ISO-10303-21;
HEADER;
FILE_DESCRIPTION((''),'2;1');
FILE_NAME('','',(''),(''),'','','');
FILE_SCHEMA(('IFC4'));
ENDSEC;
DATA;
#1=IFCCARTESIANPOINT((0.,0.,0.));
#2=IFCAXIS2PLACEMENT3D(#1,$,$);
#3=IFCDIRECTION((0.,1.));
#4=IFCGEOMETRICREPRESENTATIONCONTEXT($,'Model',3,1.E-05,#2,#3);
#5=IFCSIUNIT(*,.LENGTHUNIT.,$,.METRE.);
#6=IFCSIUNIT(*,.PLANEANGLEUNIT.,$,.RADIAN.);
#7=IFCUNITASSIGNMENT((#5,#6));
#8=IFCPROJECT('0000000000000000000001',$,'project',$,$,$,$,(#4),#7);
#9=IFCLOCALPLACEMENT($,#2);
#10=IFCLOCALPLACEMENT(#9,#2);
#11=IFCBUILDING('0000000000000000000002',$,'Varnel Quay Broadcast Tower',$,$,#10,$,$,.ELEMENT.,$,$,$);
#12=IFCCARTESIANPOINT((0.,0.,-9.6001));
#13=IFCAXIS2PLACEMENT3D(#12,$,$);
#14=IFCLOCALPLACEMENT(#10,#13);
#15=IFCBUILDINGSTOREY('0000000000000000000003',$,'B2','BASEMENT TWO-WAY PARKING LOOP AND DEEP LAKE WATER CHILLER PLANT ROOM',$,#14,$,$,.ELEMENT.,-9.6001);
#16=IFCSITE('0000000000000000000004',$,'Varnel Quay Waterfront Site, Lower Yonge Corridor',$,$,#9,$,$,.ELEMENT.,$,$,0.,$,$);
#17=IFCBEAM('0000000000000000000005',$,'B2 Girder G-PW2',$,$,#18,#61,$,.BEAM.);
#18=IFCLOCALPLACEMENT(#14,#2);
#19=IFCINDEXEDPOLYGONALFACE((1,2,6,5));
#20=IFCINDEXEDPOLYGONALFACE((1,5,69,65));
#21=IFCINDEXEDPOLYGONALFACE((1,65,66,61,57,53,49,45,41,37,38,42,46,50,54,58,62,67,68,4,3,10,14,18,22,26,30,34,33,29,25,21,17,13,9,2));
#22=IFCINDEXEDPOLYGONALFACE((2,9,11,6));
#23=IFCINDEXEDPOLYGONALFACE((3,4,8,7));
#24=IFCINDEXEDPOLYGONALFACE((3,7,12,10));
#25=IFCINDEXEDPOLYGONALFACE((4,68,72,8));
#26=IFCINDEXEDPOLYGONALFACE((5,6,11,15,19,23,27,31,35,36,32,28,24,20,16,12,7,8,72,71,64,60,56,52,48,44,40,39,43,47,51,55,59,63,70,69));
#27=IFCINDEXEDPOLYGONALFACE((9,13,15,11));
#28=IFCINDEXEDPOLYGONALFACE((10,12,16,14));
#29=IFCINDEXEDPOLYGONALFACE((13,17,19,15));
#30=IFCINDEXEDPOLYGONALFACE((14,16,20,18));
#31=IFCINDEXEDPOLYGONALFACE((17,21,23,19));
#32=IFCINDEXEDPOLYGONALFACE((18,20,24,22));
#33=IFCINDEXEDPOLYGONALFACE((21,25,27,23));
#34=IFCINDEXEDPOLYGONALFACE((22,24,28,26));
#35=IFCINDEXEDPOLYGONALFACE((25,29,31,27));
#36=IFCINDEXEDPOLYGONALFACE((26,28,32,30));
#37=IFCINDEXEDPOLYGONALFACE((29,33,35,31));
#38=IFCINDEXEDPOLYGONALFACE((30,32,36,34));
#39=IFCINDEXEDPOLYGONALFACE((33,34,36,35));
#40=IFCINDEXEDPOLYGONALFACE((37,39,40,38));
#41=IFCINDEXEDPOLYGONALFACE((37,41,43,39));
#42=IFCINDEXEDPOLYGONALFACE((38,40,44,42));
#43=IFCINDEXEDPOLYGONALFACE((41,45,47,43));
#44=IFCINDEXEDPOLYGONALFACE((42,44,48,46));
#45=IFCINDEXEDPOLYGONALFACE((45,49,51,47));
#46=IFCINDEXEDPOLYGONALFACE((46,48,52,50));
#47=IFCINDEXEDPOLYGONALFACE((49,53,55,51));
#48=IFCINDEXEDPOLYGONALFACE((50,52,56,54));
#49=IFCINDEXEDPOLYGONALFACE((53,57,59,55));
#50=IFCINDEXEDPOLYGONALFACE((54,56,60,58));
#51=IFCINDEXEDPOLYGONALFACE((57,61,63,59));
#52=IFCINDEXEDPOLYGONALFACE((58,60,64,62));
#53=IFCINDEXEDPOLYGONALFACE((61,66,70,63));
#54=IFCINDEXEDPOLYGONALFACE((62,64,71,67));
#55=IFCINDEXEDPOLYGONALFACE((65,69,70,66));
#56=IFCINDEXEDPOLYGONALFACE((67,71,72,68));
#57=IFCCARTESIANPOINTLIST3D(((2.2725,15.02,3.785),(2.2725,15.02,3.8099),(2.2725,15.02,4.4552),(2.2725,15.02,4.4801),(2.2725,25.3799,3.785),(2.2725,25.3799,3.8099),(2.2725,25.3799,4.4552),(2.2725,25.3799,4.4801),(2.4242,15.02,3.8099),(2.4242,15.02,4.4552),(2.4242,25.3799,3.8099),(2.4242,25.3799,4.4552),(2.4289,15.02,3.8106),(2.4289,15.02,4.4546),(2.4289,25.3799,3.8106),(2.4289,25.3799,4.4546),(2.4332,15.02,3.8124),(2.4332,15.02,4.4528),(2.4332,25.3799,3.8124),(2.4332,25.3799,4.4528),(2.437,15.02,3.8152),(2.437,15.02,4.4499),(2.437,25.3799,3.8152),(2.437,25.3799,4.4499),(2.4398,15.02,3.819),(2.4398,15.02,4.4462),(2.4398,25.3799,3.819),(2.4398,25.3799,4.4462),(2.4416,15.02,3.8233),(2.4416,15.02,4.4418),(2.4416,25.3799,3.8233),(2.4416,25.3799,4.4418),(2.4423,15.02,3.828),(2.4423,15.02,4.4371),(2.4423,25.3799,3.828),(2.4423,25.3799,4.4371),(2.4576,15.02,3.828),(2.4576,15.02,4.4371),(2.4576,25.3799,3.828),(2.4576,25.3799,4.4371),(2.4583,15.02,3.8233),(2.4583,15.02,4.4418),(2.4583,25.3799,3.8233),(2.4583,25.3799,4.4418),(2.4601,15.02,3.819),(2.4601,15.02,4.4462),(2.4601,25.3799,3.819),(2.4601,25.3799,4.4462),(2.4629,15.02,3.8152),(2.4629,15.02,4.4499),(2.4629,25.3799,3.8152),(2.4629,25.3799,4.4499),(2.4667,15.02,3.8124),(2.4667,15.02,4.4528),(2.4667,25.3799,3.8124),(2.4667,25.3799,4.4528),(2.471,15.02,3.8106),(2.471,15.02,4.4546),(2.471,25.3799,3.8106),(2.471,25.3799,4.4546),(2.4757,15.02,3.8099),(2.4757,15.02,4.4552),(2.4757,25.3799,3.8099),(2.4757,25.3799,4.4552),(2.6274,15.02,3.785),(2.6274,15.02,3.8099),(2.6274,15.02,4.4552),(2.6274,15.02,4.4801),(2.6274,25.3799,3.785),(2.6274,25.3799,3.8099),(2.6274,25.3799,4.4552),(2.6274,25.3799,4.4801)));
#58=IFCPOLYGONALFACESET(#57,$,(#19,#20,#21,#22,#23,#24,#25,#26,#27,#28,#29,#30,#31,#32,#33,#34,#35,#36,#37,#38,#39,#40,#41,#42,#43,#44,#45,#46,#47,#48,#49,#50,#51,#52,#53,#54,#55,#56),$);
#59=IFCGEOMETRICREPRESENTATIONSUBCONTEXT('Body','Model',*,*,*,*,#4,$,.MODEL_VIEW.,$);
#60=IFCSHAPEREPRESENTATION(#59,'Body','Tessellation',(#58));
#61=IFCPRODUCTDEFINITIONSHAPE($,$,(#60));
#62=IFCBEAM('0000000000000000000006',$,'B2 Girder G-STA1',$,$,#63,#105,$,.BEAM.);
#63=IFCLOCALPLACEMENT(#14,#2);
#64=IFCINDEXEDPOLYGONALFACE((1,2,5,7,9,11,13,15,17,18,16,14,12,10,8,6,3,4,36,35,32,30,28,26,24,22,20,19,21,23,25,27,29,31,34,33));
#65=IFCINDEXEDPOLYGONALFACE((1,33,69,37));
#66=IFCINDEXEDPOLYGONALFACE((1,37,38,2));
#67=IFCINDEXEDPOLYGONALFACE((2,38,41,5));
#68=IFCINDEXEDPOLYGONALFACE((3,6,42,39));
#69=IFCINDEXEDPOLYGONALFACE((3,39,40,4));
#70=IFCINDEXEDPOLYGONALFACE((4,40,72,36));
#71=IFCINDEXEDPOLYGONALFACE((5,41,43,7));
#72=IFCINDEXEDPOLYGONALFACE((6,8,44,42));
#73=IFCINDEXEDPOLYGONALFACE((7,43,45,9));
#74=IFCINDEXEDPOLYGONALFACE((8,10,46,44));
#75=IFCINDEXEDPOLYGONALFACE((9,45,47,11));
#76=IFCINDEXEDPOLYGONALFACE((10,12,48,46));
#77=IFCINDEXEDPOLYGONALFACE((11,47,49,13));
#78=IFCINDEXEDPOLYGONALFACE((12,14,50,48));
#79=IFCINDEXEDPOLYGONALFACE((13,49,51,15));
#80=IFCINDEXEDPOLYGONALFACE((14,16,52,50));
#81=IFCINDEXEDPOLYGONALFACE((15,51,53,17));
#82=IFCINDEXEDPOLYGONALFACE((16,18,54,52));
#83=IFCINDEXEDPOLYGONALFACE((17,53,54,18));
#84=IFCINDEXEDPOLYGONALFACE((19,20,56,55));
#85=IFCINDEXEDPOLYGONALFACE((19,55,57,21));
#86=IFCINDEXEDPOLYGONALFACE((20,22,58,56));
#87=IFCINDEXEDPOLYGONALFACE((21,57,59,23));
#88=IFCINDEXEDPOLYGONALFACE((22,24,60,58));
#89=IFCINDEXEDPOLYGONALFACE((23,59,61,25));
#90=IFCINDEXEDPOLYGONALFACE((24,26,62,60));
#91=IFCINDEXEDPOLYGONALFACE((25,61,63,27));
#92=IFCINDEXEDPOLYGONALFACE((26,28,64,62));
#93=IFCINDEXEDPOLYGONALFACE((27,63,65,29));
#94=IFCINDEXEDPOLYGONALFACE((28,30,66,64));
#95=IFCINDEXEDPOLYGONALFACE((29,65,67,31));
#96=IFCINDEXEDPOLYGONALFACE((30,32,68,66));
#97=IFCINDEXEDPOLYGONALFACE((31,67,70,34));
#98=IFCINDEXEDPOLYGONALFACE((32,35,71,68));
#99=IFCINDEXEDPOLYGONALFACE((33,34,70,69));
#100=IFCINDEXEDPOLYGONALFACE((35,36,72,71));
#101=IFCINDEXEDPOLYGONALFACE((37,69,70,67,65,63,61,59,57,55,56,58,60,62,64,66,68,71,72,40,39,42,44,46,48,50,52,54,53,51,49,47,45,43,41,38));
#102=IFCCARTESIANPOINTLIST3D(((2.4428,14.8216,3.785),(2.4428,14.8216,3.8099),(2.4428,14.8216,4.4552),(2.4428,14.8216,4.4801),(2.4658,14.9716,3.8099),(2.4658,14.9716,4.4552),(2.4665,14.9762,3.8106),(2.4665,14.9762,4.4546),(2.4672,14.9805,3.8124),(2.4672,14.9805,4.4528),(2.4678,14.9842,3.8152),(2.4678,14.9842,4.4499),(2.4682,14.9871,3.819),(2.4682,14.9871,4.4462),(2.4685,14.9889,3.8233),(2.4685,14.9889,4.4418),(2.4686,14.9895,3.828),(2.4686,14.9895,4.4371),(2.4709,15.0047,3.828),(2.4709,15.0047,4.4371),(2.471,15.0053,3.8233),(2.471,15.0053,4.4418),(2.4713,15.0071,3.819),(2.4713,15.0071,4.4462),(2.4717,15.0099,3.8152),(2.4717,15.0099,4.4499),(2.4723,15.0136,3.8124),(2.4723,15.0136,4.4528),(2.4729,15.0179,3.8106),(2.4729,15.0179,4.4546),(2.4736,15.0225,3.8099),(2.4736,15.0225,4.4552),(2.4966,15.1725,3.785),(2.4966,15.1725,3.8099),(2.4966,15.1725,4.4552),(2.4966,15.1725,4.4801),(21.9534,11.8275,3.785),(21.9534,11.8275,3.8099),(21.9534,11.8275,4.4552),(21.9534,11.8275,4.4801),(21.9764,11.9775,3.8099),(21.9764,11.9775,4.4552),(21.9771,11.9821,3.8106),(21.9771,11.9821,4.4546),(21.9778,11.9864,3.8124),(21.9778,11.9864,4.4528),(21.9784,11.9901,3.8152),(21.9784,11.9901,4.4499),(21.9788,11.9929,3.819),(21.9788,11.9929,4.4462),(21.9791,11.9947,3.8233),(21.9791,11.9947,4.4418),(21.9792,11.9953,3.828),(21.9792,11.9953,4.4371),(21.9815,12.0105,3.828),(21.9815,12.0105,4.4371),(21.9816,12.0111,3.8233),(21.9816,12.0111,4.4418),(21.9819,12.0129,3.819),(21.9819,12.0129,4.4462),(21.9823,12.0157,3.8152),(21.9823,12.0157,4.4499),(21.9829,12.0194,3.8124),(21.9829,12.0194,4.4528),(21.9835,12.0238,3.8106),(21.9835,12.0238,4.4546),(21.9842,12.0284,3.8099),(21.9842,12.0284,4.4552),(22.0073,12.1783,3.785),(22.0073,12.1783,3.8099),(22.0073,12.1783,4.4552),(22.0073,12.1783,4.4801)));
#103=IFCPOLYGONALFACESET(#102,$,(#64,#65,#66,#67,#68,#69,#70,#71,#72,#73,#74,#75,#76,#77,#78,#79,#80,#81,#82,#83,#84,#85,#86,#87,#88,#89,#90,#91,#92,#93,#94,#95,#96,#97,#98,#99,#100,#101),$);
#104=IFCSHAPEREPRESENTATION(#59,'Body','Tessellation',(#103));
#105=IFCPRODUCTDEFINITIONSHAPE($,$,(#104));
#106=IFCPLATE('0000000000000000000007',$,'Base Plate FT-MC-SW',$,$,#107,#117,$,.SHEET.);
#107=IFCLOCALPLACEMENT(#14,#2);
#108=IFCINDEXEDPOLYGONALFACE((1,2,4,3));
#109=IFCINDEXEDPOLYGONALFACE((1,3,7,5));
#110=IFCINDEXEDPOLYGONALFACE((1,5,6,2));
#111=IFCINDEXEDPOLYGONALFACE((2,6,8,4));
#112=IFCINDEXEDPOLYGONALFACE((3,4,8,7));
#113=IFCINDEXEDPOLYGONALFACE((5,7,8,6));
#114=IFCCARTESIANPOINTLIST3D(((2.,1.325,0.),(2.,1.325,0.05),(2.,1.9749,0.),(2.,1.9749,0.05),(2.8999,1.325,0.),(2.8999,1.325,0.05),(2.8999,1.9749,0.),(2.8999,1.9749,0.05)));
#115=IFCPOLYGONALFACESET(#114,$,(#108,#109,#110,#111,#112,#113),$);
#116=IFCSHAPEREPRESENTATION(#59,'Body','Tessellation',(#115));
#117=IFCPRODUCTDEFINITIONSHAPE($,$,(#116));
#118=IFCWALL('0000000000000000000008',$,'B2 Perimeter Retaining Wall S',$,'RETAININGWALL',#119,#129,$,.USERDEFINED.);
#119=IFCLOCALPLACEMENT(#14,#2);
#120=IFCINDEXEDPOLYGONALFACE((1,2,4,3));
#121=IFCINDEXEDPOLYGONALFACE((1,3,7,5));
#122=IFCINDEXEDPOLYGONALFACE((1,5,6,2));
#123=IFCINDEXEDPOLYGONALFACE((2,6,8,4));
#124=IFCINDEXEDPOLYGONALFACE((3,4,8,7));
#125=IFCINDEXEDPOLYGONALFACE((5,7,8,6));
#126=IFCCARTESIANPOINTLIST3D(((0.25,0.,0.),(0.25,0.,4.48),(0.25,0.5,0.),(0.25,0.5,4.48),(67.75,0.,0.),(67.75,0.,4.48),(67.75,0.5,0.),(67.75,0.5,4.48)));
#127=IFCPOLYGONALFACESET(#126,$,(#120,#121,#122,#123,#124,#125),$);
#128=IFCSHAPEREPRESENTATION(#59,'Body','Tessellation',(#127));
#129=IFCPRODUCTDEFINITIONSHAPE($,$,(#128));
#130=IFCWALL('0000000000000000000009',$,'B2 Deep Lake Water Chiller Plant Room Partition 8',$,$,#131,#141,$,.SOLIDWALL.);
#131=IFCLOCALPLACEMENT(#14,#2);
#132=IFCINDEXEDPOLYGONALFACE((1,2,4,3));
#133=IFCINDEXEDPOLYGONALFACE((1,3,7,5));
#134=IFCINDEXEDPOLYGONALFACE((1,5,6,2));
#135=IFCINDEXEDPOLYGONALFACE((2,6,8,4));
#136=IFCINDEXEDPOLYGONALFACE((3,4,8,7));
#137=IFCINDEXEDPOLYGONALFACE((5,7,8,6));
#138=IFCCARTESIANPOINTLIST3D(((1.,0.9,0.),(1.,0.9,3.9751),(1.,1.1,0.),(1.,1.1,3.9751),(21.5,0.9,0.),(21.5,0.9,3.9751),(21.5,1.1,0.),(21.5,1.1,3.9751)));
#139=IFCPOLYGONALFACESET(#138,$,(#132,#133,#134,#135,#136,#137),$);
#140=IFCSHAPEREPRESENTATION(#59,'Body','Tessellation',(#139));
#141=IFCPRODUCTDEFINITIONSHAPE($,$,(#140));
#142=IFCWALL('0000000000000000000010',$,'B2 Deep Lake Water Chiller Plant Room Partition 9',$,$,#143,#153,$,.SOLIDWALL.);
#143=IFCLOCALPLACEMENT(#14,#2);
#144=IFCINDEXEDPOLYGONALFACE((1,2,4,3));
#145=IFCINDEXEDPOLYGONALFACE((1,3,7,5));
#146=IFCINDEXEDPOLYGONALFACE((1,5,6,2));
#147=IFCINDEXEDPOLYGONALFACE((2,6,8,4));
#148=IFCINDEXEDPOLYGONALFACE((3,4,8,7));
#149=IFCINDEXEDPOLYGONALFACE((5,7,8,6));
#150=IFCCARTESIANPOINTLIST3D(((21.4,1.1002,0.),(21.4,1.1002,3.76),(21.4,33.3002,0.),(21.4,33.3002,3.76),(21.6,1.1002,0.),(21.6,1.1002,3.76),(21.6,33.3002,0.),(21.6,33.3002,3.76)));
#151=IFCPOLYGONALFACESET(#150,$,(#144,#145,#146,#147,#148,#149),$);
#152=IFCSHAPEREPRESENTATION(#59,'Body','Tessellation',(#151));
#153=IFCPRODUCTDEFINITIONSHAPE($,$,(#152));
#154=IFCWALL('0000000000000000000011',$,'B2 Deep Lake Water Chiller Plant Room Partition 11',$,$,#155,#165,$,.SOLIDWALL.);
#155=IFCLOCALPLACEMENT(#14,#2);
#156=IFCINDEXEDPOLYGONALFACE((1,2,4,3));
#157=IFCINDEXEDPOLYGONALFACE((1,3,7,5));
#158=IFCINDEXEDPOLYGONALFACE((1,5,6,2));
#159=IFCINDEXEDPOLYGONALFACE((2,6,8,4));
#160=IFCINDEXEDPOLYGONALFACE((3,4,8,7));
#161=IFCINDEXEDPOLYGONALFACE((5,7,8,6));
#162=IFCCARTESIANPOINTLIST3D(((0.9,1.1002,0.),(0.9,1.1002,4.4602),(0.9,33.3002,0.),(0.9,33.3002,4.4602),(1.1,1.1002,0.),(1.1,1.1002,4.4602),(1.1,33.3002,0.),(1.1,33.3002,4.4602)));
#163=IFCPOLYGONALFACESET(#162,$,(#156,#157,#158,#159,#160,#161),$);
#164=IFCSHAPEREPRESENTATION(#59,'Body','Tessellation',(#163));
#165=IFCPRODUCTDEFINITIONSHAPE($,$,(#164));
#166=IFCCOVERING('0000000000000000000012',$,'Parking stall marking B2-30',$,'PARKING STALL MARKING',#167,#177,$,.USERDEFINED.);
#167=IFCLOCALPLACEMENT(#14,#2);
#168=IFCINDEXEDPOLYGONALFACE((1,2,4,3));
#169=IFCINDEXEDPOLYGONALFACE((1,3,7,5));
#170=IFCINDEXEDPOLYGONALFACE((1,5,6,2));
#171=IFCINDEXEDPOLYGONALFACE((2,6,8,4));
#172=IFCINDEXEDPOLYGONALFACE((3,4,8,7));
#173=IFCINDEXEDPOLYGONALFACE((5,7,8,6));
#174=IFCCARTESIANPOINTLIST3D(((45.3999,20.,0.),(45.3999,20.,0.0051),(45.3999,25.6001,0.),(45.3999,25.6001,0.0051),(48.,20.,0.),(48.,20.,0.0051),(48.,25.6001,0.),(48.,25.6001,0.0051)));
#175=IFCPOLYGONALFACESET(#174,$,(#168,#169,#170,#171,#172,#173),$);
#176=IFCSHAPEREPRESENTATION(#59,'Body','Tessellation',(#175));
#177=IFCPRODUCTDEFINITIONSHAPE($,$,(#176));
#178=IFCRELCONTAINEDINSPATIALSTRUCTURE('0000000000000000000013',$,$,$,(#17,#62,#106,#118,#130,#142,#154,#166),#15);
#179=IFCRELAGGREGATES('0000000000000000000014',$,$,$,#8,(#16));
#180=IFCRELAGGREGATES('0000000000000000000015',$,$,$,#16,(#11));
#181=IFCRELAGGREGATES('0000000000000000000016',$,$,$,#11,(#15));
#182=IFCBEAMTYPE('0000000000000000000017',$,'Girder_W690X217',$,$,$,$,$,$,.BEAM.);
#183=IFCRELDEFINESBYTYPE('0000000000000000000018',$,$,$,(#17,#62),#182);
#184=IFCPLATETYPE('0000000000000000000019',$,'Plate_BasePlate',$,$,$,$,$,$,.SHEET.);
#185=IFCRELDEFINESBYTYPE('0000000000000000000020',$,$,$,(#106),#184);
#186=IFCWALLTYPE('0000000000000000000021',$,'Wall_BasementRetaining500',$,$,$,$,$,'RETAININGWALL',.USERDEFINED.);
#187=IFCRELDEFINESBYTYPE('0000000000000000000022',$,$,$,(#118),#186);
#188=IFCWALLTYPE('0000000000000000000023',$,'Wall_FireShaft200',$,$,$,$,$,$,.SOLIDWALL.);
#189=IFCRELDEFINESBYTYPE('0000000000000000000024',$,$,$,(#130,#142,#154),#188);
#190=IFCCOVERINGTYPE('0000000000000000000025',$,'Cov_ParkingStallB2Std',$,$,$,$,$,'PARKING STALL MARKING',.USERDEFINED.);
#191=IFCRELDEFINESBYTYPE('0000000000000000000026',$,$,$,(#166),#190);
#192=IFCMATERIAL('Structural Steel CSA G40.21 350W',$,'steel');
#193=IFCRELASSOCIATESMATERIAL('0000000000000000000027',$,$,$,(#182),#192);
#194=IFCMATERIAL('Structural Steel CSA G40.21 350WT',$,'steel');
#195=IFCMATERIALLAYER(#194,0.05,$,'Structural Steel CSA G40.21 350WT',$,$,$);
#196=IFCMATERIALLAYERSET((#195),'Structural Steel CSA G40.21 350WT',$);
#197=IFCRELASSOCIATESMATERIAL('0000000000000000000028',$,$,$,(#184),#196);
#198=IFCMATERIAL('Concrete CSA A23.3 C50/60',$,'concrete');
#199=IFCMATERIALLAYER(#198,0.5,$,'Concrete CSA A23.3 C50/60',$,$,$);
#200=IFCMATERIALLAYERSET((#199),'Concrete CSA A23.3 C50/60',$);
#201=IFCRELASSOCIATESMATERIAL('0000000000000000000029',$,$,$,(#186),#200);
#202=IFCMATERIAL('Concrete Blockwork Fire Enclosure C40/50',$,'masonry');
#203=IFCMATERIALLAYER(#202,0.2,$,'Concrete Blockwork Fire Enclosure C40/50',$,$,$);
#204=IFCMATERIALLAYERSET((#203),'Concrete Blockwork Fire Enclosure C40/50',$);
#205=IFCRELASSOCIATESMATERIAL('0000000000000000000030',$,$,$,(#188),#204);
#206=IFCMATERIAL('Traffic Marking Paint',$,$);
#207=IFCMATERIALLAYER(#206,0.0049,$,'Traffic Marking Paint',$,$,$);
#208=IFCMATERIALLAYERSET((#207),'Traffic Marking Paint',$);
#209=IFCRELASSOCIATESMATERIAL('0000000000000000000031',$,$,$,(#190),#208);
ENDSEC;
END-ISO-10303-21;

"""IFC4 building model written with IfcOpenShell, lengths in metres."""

from ifc_helpers import new_model, si_unit, direction, frame, frame_2d, origin, origin_2d, place, context, subcontext, project, spatial, polyline, rectangle, i_section, outline, extrude, source, transform, mapped, material, layer, layer_set, material_profile, profile_set, type_object, type_shapes, element, save


model = new_model("IFC4")

# Units and contexts
model_context = context("Model", 3, precision=1e-05, world=origin(), true_north=direction((0.0, 1.0)))
body_context = subcontext(model_context, "Body", "Model", "MODEL_VIEW")
ifc_project = project(units=[si_unit("LENGTHUNIT", "METRE"), si_unit("PLANEANGLEUNIT", "RADIAN")], contexts=[model_context])

# Site, building, storey
site_placement = place(None, origin())
site = spatial("IfcSite", under=ifc_project, at=site_placement, Name="Varnel Quay Waterfront Site, Lower Yonge Corridor", CompositionType="ELEMENT", RefElevation=0.0)
building_placement = place(site_placement, origin())
building = spatial("IfcBuilding", under=site, at=building_placement, Name="Varnel Quay Broadcast Tower", CompositionType="ELEMENT")
storey_placement = place(building_placement, frame((0.0, 0.0, -9.6001)))
storey = spatial("IfcBuildingStorey", under=building, at=storey_placement, Name="B2", Description="BASEMENT TWO-WAY PARKING LOOP AND DEEP LAKE WATER CHILLER PLANT ROOM", CompositionType="ELEMENT", Elevation=-9.6001)

# Shared definitions
ifc_material_1 = material(Name="Concrete CSA A23.3 C50/60", Category="concrete")

# Shared definitions
ifc_material_2 = material(Name="Structural Steel CSA G40.21 350WT", Category="steel")

# Beams
ifc_material_3 = material(Name="Structural Steel CSA G40.21 350W", Category="steel")
ifc_material_profile_1 = material_profile(ifc_material_3, i_section(OverallWidth=0.355, OverallDepth=0.6951, WebThickness=0.0154, FlangeThickness=0.0249, FilletRadius=0.0181, at=origin_2d()), Name="W690X217")
ifc_profile_set_1 = profile_set([ifc_material_profile_1], Name="Structural Steel CSA G40.21 350W")
beam_type = type_object("IfcBeamType", Name="Girder_W690X217", PredefinedType="BEAM", material=ifc_profile_set_1)
shared_shape_1 = source(origin(), body_context, "Body", "SweptSolid", [
    extrude(i_section(OverallWidth=0.355, OverallDepth=0.6951, WebThickness=0.0154, FlangeThickness=0.0249, FilletRadius=0.0181, at=origin_2d()), origin(), (0.0, 0.0, 1.0), 10.3599),
])
beam_1_placement = place(storey_placement, frame((2.45, 15.02, 4.1326), z_axis=(0.0, 1.0, 0.0), x_axis=(-1.0, 0.0, 0.0)))
element("IfcBeam", 1, at=beam_1_placement, inside=storey, type_object=beam_type, Name="B2 Girder G-PW2", PredefinedType="BEAM", context=body_context, shape_type="MappedRepresentation", body=[
    mapped(shared_shape_1, transform((0.0, 0.0, 0.0), x_axis=(1.0, 0.0, 0.0), y_axis=(0.0, 1.0, 0.0), z_axis=(0.0, 0.0, 1.0), scale=1.0)),
])
shared_shape_2 = source(origin(), body_context, "Body", "SweptSolid", [
    extrude(i_section(OverallWidth=0.355, OverallDepth=0.6951, WebThickness=0.0154, FlangeThickness=0.0249, FilletRadius=0.0181, at=origin_2d()), origin(), (0.0, 0.0, 1.0), 19.739),
])
beam_2_placement = place(storey_placement, frame((2.4697, 14.9971, 4.1326), z_axis=(0.988429, -0.151687, 0.0), x_axis=(0.151687, 0.988429, 0.0)))
element("IfcBeam", 2, at=beam_2_placement, inside=storey, type_object=beam_type, Name="B2 Girder G-STA1", PredefinedType="BEAM", context=body_context, shape_type="MappedRepresentation", body=[
    mapped(shared_shape_2, transform((0.0, 0.0, 0.0), x_axis=(1.0, 0.0, 0.0), y_axis=(0.0, 1.0, 0.0), z_axis=(0.0, 0.0, 1.0), scale=1.0)),
])

# Plate
ifc_layer_1 = layer(ifc_material_2, 0.05, Name="Structural Steel CSA G40.21 350WT")
ifc_layer_set_1 = layer_set([ifc_layer_1], Name="Structural Steel CSA G40.21 350WT")
plate_type = type_object("IfcPlateType", Name="Plate_BasePlate", PredefinedType="SHEET", material=ifc_layer_set_1)
shared_shape_3 = source(origin(), body_context, "Body", "SweptSolid", [
    extrude(rectangle(XDim=0.8999, YDim=0.6499, at=origin_2d()), origin(), (0.0, 0.0, 1.0), 0.05),
])
type_shapes(plate_type, [shared_shape_3])
plate_placement = place(storey_placement, frame((2.45, 1.6499, 0.0), z_axis=(0.0, 0.0, 1.0), x_axis=(1.0, 0.0, 0.0)))
element("IfcPlate", 3, at=plate_placement, inside=storey, type_object=plate_type, Name="Base Plate FT-MC-SW", PredefinedType="SHEET", context=body_context, shape_type="MappedRepresentation", body=[
    mapped(shared_shape_3, transform((0.0, 0.0, 0.0), x_axis=(1.0, 0.0, 0.0), y_axis=(0.0, 1.0, 0.0), z_axis=(0.0, 0.0, 1.0), scale=1.0)),
])

# Walls
ifc_layer_2 = layer(ifc_material_1, 0.5, Name="Concrete CSA A23.3 C50/60")
ifc_layer_set_2 = layer_set([ifc_layer_2], Name="Concrete CSA A23.3 C50/60")
wall_type_1 = type_object("IfcWallType", Name="Wall_BasementRetaining500", ElementType="RETAININGWALL", PredefinedType="USERDEFINED", material=ifc_layer_set_2)
wall_1_placement = place(storey_placement, frame((0.25, 0.25, 0.0), z_axis=(0.0, 0.0, 1.0), x_axis=(1.0, 0.0, 0.0)))
element("IfcWall", 4, at=wall_1_placement, inside=storey, type_object=wall_type_1, Name="B2 Perimeter Retaining Wall S", ObjectType="RETAININGWALL", PredefinedType="USERDEFINED", context=body_context, shape_type="SweptSolid", body=[
    extrude(rectangle(XDim=67.5, YDim=0.5, at=frame_2d((33.75, 0.0))), origin(), (0.0, 0.0, 1.0), 4.48),
])
ifc_material_4 = material(Name="Concrete Blockwork Fire Enclosure C40/50", Category="masonry")
ifc_layer_3 = layer(ifc_material_4, 0.2, Name="Concrete Blockwork Fire Enclosure C40/50")
ifc_layer_set_3 = layer_set([ifc_layer_3], Name="Concrete Blockwork Fire Enclosure C40/50")
wall_type_2 = type_object("IfcWallType", Name="Wall_FireShaft200", PredefinedType="SOLIDWALL", material=ifc_layer_set_3)
wall_2_placement = place(storey_placement, frame((1.0, 1.0, 0.0), z_axis=(0.0, 0.0, 1.0), x_axis=(1.0, 0.0, 0.0)))
element("IfcWall", 5, at=wall_2_placement, inside=storey, type_object=wall_type_2, Name="B2 Deep Lake Water Chiller Plant Room Partition 8", PredefinedType="SOLIDWALL", context=body_context, shape_type="SweptSolid", body=[
    extrude(rectangle(XDim=20.5, YDim=0.2, at=frame_2d((10.25, 0.0))), origin(), (0.0, 0.0, 1.0), 3.9751),
])
wall_3_placement = place(storey_placement, frame((21.5, 1.1001, 0.0), z_axis=(0.0, 0.0, 1.0), x_axis=(0.0, 1.0, 0.0)))
element("IfcWall", 6, at=wall_3_placement, inside=storey, type_object=wall_type_2, Name="B2 Deep Lake Water Chiller Plant Room Partition 9", PredefinedType="SOLIDWALL", context=body_context, shape_type="SweptSolid", body=[
    extrude(rectangle(XDim=32.2, YDim=0.2, at=frame_2d((16.1001, 0.0))), origin(), (0.0, 0.0, 1.0), 3.76),
])
wall_4_placement = place(storey_placement, frame((1.0, 1.1001, 0.0), z_axis=(0.0, 0.0, 1.0), x_axis=(0.0, 1.0, 0.0)))
element("IfcWall", 7, at=wall_4_placement, inside=storey, type_object=wall_type_2, Name="B2 Deep Lake Water Chiller Plant Room Partition 11", PredefinedType="SOLIDWALL", context=body_context, shape_type="SweptSolid", body=[
    extrude(rectangle(XDim=32.2, YDim=0.2, at=frame_2d((16.1001, 0.0))), origin(), (0.0, 0.0, 1.0), 4.4602),
])

# Covering
ifc_material_5 = material(Name="Traffic Marking Paint")
ifc_layer_4 = layer(ifc_material_5, 0.0049, Name="Traffic Marking Paint")
ifc_layer_set_4 = layer_set([ifc_layer_4], Name="Traffic Marking Paint")
covering_type = type_object("IfcCoveringType", Name="Cov_ParkingStallB2Std", ElementType="PARKING STALL MARKING", PredefinedType="USERDEFINED", material=ifc_layer_set_4)
covering_placement = place(storey_placement, origin())
element("IfcCovering", 8, at=covering_placement, inside=storey, type_object=covering_type, Name="Parking stall marking B2-30", ObjectType="PARKING STALL MARKING", PredefinedType="USERDEFINED", context=body_context, shape_type="SweptSolid", body=[
    extrude(outline(polyline([(45.3999, 20.0), (48.0, 20.0), (48.0, 25.6001), (45.3999, 25.6001), (45.3999, 20.0)])), origin(), (0.0, 0.0, 1.0), 0.0051),
])

save(model, "model.ifc")
